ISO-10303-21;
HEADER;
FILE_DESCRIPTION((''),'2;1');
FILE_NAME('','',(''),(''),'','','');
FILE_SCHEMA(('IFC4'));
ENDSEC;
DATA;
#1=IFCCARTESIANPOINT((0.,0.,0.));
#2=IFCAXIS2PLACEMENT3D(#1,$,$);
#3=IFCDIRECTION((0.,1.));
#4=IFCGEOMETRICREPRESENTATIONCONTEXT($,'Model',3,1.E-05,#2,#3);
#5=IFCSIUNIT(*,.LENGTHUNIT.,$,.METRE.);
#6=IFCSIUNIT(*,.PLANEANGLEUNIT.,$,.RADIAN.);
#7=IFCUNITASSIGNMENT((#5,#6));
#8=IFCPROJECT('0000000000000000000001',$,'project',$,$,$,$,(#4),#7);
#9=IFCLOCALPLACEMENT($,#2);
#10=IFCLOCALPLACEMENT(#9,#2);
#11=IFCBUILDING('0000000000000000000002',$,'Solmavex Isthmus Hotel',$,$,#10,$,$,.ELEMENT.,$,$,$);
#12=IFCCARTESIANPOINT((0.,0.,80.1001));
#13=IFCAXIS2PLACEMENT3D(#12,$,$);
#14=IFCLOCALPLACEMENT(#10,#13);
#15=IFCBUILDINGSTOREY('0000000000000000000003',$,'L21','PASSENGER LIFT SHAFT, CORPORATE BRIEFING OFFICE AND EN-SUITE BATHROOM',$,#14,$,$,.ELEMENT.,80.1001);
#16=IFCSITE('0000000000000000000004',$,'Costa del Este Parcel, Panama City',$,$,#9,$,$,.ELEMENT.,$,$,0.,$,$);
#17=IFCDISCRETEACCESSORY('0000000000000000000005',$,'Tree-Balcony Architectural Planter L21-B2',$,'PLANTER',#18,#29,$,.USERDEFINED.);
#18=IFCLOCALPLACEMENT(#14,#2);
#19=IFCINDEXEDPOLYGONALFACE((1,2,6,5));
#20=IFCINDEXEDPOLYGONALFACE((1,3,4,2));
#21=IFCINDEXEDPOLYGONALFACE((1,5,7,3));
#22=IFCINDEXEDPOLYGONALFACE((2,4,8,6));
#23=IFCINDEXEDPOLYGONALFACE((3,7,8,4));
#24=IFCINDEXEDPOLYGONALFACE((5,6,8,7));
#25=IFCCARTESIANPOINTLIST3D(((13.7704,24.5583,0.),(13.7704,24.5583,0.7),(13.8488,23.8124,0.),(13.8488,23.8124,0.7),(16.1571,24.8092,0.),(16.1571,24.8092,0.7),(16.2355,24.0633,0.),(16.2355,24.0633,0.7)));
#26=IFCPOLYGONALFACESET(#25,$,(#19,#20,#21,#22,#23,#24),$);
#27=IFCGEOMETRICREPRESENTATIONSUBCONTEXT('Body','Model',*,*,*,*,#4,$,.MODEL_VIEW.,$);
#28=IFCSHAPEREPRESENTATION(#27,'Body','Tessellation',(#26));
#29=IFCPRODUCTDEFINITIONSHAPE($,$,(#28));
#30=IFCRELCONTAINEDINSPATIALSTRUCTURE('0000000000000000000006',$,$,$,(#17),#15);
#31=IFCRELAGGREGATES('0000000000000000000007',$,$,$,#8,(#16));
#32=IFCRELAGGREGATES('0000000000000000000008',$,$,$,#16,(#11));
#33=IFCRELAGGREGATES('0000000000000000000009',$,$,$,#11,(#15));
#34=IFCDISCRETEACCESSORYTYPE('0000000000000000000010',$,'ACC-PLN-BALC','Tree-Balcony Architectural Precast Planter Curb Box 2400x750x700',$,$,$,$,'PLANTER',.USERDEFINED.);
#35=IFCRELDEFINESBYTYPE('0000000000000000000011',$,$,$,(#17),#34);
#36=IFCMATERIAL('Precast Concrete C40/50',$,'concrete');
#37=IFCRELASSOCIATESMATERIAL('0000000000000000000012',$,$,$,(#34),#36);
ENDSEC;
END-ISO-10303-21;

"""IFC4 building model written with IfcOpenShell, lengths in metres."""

from ifc_helpers import new_model, si_unit, direction, frame, origin, origin_2d, place, context, subcontext, project, spatial, rectangle, extrude, material, type_object, element, save


model = new_model("IFC4")

# Units and contexts
model_context = context("Model", 3, precision=1e-05, world=origin(), true_north=direction((0.0, 1.0)))
body_context = subcontext(model_context, "Body", "Model", "MODEL_VIEW")
ifc_project = project(units=[si_unit("LENGTHUNIT", "METRE"), si_unit("PLANEANGLEUNIT", "RADIAN")], contexts=[model_context])

# Site, building, storey
site_placement = place(None, origin())
site = spatial("IfcSite", under=ifc_project, at=site_placement, Name="Costa del Este Parcel, Panama City", CompositionType="ELEMENT", RefElevation=0.0)
building_placement = place(site_placement, origin())
building = spatial("IfcBuilding", under=site, at=building_placement, Name="Solmavex Isthmus Hotel", CompositionType="ELEMENT")
storey_placement = place(building_placement, frame((0.0, 0.0, 80.1001)))
storey = spatial("IfcBuildingStorey", under=building, at=storey_placement, Name="L21", Description="PASSENGER LIFT SHAFT, CORPORATE BRIEFING OFFICE AND EN-SUITE BATHROOM", CompositionType="ELEMENT", Elevation=80.1001)

# Shared definitions
ifc_material_1 = material(Name="Precast Concrete C40/50", Category="concrete")

# Discrete accessory
discrete_accessory_type_1 = type_object("IfcDiscreteAccessoryType", Name="ACC-PLN-BALC", Description="Tree-Balcony Architectural Precast Planter Curb Box 2400x750x700", ElementType="PLANTER", PredefinedType="USERDEFINED", material=ifc_material_1)
discrete_accessory_placement = place(storey_placement, frame((15.0029, 24.3108, 0.0), z_axis=(0.0, 0.0, 1.0), x_axis=(0.994522, 0.104528, 0.0)))
element("IfcDiscreteAccessory", 1, at=discrete_accessory_placement, inside=storey, type_object=discrete_accessory_type_1, Name="Tree-Balcony Architectural Planter L21-B2", ObjectType="PLANTER", PredefinedType="USERDEFINED", context=body_context, shape_type="SweptSolid", body=[
    extrude(rectangle(XDim=2.3999, YDim=0.75, at=origin_2d()), origin(), (0.0, 0.0, 1.0), 0.7),
])

save(model, "model.ifc")
